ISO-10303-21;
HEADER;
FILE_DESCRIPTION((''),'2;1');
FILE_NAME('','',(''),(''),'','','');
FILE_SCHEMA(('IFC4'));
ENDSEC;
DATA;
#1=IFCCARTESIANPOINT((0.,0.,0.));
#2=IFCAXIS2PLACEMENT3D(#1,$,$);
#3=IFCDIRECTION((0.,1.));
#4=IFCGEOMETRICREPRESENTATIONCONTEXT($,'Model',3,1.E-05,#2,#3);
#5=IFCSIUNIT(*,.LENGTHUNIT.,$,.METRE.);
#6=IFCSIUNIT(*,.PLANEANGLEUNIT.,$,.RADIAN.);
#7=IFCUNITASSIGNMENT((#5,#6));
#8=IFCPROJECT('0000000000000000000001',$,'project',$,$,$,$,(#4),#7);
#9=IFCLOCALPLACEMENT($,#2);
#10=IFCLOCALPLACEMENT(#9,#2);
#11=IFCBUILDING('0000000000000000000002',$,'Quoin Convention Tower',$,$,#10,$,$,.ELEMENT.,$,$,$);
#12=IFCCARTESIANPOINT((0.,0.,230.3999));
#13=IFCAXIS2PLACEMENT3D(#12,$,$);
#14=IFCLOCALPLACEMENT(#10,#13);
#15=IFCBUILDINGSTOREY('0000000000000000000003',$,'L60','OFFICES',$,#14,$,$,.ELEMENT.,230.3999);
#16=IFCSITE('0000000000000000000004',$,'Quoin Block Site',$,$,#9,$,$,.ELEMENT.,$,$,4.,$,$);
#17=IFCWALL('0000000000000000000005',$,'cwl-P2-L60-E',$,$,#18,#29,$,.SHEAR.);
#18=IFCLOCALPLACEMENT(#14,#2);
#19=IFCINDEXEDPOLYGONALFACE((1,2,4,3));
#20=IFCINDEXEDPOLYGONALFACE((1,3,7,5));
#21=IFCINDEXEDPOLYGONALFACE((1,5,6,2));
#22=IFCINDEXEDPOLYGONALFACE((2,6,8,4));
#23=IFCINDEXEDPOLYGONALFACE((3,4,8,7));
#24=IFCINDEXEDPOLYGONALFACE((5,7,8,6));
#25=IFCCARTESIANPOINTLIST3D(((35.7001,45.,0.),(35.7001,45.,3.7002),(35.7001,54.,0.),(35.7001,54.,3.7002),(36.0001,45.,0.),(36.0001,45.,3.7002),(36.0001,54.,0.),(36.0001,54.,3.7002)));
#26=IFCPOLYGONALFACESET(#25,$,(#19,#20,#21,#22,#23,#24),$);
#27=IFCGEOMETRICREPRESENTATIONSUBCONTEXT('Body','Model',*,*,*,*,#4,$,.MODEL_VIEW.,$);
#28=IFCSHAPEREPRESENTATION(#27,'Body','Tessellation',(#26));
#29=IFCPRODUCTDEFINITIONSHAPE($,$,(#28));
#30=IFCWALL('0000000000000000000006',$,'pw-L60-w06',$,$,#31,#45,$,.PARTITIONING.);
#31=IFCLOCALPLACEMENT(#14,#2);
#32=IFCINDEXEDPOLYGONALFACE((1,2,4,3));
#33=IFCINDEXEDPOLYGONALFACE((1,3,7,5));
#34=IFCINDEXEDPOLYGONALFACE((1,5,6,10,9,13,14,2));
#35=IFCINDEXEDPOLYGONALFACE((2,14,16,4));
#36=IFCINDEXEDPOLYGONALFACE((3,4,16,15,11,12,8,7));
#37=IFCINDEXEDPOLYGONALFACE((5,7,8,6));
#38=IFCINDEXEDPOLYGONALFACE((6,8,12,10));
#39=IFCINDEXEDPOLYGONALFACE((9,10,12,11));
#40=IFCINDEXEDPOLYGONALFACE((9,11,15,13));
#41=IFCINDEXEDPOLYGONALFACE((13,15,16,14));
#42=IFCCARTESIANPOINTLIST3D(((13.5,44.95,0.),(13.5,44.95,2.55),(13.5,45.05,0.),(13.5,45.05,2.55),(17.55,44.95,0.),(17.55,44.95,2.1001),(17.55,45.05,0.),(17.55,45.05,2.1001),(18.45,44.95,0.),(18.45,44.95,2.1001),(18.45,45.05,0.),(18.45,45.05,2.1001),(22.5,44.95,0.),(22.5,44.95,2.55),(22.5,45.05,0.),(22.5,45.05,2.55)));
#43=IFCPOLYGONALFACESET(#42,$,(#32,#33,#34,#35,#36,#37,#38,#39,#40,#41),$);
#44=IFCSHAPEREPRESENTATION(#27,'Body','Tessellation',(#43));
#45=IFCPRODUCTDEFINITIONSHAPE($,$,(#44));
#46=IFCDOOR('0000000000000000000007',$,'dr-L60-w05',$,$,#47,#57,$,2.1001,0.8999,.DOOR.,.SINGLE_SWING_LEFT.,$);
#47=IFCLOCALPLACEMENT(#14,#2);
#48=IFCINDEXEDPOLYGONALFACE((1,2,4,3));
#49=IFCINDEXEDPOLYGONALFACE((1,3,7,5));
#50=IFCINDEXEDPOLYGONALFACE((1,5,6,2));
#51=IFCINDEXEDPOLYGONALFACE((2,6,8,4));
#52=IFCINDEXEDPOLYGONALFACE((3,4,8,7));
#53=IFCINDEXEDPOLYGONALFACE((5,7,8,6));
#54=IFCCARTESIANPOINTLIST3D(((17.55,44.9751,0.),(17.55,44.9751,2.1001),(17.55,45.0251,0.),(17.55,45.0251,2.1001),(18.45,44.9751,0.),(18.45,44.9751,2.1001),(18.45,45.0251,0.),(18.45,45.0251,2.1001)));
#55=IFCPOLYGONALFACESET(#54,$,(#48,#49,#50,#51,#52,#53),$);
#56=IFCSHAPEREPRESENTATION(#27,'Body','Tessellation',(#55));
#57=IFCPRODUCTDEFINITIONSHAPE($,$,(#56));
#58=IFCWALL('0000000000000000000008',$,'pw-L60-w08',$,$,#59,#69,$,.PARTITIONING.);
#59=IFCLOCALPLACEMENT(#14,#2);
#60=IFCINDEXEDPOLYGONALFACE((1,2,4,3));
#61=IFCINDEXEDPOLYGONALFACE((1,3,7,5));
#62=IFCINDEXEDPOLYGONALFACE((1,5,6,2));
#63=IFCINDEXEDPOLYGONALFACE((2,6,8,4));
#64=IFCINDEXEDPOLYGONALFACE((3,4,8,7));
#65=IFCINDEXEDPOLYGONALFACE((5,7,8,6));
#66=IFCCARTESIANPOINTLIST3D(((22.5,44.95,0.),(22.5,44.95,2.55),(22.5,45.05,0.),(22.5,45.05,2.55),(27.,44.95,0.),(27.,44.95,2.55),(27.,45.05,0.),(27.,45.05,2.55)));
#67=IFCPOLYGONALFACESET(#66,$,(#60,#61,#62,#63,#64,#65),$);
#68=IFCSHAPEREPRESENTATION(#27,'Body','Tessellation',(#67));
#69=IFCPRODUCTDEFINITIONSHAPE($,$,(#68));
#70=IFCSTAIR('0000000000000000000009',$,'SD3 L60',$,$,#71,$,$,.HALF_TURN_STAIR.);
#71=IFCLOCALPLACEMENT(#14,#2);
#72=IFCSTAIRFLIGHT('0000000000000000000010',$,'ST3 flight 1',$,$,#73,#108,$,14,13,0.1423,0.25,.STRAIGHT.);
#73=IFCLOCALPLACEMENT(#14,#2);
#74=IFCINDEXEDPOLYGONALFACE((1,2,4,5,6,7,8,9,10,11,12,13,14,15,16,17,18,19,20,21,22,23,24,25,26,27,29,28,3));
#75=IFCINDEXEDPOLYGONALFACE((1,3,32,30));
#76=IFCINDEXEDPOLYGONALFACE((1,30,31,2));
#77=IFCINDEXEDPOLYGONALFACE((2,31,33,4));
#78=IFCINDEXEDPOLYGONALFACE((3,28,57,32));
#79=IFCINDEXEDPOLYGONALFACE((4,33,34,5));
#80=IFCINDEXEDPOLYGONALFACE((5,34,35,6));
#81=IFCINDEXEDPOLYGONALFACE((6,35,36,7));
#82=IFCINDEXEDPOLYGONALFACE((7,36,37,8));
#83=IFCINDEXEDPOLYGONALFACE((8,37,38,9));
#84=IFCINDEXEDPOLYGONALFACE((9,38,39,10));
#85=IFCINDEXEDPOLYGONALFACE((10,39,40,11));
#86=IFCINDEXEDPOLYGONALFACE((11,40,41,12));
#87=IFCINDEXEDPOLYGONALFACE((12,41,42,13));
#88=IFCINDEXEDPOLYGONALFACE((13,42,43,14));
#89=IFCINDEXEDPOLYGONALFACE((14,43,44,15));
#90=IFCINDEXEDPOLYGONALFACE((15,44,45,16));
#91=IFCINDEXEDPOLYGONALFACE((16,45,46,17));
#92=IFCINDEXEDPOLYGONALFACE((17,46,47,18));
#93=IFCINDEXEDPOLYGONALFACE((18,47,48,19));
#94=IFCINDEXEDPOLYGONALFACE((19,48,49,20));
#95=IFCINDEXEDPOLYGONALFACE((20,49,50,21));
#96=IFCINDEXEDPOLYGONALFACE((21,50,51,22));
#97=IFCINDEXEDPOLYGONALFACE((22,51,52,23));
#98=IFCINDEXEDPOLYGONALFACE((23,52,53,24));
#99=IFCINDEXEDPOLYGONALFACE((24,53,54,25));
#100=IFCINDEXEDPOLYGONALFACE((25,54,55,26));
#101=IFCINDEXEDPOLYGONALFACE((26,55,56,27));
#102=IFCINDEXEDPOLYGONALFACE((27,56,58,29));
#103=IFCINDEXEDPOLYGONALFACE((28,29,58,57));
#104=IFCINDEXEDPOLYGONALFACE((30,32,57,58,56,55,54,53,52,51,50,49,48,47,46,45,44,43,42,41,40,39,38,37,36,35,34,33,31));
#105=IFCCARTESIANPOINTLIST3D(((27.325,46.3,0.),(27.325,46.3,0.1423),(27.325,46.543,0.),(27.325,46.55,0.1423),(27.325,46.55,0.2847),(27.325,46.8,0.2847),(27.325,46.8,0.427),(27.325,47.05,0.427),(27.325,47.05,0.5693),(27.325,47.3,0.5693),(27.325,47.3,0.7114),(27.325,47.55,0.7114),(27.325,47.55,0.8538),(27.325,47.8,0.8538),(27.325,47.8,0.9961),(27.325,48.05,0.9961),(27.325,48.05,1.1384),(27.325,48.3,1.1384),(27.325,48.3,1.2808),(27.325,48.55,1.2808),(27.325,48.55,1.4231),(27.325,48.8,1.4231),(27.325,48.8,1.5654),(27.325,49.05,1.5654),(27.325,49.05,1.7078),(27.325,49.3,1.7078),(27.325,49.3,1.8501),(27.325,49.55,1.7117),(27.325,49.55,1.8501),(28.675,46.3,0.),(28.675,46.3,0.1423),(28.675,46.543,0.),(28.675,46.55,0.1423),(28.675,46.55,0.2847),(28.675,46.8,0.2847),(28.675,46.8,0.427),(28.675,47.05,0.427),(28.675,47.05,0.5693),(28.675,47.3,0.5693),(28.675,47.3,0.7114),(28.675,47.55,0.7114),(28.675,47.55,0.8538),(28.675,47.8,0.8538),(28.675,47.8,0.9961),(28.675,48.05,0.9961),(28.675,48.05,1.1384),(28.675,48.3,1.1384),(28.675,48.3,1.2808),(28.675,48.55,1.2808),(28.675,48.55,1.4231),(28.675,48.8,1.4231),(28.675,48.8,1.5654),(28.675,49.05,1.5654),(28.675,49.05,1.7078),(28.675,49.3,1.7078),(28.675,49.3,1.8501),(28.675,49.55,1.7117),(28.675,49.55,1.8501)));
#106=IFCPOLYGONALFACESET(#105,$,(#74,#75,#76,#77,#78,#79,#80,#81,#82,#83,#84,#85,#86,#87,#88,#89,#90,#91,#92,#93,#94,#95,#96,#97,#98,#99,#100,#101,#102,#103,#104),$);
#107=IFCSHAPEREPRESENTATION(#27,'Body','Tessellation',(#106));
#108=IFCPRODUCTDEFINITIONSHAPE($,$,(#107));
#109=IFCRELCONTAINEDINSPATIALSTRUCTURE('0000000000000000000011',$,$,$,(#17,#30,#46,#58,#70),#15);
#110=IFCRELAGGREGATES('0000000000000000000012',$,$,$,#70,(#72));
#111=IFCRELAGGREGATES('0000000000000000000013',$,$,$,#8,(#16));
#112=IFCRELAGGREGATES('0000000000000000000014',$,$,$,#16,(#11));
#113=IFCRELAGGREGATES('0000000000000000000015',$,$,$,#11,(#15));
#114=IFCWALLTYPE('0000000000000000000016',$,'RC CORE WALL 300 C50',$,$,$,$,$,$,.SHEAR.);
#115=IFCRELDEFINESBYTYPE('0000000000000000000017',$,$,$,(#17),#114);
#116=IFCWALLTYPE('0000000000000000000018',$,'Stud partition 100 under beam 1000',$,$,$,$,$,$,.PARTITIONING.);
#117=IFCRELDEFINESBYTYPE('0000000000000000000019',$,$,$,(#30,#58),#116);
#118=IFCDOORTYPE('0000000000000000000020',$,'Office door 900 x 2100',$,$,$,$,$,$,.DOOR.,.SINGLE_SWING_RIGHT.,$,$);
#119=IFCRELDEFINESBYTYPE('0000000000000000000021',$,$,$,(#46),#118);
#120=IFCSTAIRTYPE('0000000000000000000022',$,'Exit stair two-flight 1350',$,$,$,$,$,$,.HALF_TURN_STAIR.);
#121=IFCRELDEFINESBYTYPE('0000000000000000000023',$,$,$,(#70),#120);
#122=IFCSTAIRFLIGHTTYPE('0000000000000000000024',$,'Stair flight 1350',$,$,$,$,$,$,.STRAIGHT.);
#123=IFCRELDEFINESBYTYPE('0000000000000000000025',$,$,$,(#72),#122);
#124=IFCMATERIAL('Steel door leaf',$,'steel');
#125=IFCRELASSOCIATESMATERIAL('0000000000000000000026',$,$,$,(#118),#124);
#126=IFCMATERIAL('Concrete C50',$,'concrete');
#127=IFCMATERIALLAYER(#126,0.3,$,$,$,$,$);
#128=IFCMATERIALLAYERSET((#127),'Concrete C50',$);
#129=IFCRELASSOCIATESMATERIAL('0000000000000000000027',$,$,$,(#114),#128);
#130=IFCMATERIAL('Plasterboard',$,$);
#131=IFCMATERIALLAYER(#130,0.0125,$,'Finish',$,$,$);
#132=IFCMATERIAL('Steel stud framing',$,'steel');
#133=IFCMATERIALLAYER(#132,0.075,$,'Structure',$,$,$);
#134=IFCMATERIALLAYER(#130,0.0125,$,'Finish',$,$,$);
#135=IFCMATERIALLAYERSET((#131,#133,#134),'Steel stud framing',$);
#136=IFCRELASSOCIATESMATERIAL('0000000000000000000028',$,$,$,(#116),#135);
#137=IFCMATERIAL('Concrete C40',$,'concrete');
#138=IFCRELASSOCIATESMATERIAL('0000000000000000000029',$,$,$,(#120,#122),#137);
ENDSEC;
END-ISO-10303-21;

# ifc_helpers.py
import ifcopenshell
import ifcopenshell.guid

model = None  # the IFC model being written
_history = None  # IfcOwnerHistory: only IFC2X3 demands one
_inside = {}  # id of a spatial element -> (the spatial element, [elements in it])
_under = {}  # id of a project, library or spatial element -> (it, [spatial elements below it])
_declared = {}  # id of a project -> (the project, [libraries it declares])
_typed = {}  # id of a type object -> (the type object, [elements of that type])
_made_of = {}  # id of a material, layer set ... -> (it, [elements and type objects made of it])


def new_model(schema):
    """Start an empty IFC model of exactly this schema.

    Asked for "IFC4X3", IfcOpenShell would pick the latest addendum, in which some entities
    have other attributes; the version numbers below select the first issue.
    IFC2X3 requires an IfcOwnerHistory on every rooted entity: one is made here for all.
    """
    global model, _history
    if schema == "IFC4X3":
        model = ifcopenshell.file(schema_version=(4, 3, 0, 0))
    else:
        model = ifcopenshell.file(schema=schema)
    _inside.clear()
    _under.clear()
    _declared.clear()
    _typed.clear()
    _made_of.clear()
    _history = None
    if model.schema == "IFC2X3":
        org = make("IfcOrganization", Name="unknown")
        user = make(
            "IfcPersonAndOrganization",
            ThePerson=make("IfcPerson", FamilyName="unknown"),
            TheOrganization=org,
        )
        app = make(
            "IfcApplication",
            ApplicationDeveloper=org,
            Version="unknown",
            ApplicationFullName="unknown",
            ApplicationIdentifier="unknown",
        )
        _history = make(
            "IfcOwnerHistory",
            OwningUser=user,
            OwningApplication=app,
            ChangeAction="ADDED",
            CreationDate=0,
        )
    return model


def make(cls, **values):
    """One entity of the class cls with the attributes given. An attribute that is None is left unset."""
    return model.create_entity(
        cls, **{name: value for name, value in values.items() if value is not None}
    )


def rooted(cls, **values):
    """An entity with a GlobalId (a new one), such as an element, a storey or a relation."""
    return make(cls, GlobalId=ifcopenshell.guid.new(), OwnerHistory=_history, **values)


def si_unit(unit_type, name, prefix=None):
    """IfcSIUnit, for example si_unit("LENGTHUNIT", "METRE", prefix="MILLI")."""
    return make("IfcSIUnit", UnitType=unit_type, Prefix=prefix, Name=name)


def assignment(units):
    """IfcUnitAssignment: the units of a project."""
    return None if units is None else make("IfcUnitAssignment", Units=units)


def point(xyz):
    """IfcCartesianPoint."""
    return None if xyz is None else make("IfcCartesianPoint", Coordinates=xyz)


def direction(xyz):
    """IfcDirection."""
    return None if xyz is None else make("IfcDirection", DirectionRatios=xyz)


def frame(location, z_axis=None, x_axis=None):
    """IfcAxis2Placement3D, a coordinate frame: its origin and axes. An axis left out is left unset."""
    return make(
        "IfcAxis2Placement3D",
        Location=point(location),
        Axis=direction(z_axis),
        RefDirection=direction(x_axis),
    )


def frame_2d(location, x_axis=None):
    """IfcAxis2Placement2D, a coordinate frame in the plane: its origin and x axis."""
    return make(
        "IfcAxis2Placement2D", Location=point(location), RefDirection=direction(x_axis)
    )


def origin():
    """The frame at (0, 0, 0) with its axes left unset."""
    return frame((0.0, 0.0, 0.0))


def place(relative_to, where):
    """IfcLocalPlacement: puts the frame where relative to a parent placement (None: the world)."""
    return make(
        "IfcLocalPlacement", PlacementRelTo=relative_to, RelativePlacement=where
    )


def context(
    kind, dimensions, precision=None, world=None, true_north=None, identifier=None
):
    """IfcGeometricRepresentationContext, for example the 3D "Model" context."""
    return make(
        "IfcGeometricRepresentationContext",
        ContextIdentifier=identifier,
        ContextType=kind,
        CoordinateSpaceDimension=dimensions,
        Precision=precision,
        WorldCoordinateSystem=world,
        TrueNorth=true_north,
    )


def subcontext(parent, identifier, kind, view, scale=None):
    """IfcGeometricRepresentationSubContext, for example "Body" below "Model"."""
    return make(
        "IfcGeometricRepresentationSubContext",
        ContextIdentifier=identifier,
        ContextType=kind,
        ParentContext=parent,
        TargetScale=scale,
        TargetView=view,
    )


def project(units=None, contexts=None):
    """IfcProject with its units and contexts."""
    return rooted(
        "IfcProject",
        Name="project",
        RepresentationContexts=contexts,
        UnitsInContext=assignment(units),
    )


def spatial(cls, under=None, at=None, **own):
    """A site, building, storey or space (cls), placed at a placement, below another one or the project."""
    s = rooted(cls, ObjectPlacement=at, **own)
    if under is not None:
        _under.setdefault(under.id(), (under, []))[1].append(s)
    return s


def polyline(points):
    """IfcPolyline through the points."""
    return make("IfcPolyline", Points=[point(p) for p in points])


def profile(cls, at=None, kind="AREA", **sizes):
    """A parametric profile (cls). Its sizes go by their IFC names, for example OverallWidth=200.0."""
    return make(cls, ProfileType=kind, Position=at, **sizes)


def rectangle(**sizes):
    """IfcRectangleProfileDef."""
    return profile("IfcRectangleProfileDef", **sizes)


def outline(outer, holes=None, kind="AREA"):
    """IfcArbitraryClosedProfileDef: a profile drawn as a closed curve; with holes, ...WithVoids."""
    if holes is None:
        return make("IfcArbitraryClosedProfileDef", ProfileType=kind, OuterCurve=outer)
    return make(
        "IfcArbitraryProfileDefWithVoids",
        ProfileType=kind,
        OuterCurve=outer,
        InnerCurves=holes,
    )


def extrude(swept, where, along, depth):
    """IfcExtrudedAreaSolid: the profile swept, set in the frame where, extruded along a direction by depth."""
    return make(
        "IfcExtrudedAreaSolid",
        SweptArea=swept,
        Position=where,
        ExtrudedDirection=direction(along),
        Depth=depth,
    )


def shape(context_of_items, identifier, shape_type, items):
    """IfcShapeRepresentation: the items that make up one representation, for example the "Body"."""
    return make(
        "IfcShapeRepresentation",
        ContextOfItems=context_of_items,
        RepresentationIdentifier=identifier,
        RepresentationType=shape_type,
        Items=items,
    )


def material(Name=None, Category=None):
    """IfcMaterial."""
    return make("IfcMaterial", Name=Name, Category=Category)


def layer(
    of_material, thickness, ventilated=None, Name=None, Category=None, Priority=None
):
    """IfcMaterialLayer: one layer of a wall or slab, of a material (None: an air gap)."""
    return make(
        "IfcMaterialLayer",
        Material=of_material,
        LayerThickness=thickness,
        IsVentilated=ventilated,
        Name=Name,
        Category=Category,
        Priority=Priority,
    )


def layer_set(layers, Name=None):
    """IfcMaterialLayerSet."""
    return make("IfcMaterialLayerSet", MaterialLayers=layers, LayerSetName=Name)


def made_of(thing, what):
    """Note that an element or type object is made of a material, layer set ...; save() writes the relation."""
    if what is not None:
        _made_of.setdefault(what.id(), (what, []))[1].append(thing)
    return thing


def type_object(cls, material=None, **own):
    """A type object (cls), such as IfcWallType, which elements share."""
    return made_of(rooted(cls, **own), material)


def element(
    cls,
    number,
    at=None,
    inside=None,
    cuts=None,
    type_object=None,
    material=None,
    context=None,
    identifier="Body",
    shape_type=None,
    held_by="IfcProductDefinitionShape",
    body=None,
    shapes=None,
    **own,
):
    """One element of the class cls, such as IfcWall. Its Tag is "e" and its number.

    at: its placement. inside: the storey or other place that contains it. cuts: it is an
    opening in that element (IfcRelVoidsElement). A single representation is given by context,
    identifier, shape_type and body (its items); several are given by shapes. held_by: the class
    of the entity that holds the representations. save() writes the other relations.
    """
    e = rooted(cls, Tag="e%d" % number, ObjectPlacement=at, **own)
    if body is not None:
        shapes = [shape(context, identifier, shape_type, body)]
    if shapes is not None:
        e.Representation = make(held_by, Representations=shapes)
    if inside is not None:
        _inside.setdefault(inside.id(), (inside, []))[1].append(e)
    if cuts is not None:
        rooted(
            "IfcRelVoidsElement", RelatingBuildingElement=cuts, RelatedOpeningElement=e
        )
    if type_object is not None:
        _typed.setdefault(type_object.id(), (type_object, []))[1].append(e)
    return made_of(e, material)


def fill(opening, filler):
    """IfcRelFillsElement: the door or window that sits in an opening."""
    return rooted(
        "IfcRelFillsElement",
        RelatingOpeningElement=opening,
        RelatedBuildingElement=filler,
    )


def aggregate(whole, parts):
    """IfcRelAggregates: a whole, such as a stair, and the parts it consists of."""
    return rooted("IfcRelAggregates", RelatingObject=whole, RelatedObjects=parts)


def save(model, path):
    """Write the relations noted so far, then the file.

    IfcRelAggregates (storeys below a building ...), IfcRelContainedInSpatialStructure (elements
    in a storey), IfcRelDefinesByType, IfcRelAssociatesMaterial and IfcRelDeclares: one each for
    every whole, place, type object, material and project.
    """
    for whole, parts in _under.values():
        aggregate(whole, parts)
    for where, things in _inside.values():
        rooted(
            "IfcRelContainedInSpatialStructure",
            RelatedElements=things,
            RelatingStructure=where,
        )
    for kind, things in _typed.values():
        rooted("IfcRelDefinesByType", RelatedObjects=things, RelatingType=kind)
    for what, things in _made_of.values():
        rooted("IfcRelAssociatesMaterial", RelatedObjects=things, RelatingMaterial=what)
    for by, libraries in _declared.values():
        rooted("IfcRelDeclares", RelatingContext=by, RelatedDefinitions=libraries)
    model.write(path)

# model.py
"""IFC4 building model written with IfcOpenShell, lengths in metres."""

from ifc_helpers import new_model, si_unit, direction, frame, frame_2d, origin, place, context, subcontext, project, spatial, polyline, rectangle, outline, extrude, material, layer, layer_set, type_object, element, fill, aggregate, save


model = new_model("IFC4")

# Units and contexts
model_context = context("Model", 3, precision=1e-05, world=origin(), true_north=direction((0.0, 1.0)))
body_context = subcontext(model_context, "Body", "Model", "MODEL_VIEW")
ifc_project = project(units=[si_unit("LENGTHUNIT", "METRE"), si_unit("PLANEANGLEUNIT", "RADIAN")], contexts=[model_context])

# Site, building, storey
site_placement = place(None, origin())
site = spatial("IfcSite", under=ifc_project, at=site_placement, Name="Quoin Block Site", CompositionType="ELEMENT", RefElevation=4.0)
building_placement = place(site_placement, origin())
building = spatial("IfcBuilding", under=site, at=building_placement, Name="Quoin Convention Tower", CompositionType="ELEMENT")
storey_placement = place(building_placement, frame((0.0, 0.0, 230.3999)))
storey = spatial("IfcBuildingStorey", under=building, at=storey_placement, Name="L60", Description="OFFICES", CompositionType="ELEMENT", Elevation=230.3999)

# Shared definitions
ifc_material_1 = material(Name="Concrete C50", Category="concrete")

# Shared definitions
ifc_material_2 = material(Name="Plasterboard")
ifc_material_3 = material(Name="Steel stud framing", Category="steel")
ifc_material_4 = material(Name="Steel door leaf", Category="steel")
door_type_1 = type_object("IfcDoorType", Name="Office door 900 x 2100", OperationType="SINGLE_SWING_RIGHT", PredefinedType="DOOR", material=ifc_material_4)
ifc_layer_1 = layer(ifc_material_1, 0.3)
ifc_layer_set_1 = layer_set([ifc_layer_1], Name="Concrete C50")
wall_type_1 = type_object("IfcWallType", Name="RC CORE WALL 300 C50", PredefinedType="SHEAR", material=ifc_layer_set_1)

# Wall
wall_1_placement = place(storey_placement, frame((35.8501, 45.0, 0.0), z_axis=(0.0, 0.0, 1.0), x_axis=(0.0, 1.0, 0.0)))
element("IfcWall", 1, at=wall_1_placement, inside=storey, type_object=wall_type_1, Name="cwl-P2-L60-E", PredefinedType="SHEAR", context=body_context, shape_type="SweptSolid", body=[
    extrude(rectangle(XDim=9.0, YDim=0.3, at=frame_2d((4.5, 0.0))), origin(), (0.0, 0.0, 1.0), 3.7002),
])

# Wall, opening, door
ifc_layer_2 = layer(ifc_material_2, 0.0125, Name="Finish")
ifc_layer_3 = layer(ifc_material_3, 0.075, Name="Structure")
ifc_layer_4 = layer(ifc_material_2, 0.0125, Name="Finish")
ifc_layer_set_2 = layer_set([ifc_layer_2, ifc_layer_3, ifc_layer_4], Name="Steel stud framing")
wall_type_2 = type_object("IfcWallType", Name="Stud partition 100 under beam 1000", PredefinedType="PARTITIONING", material=ifc_layer_set_2)
wall_2_placement = place(storey_placement, frame((22.5, 45.0, 0.0), z_axis=(0.0, 0.0, 1.0), x_axis=(-1.0, 0.0, 0.0)))
wall_2 = element("IfcWall", 2, at=wall_2_placement, inside=storey, type_object=wall_type_2, Name="pw-L60-w06", PredefinedType="PARTITIONING", context=body_context, shape_type="SweptSolid", body=[
    extrude(rectangle(XDim=9.0, YDim=0.1001, at=frame_2d((4.5, 0.0))), origin(), (0.0, 0.0, 1.0), 2.55),
])
opening_1_placement = place(wall_2_placement, frame((4.05, 0.0, 0.0)))
opening_1 = element("IfcOpeningElement", 3, at=opening_1_placement, cuts=wall_2, PredefinedType="OPENING", context=body_context, shape_type="SweptSolid", body=[
    extrude(rectangle(XDim=0.8999, YDim=2.1001, at=frame_2d((0.45, 1.05))), frame((0.0, 0.0601, 0.0), z_axis=(0.0, -1.0, 0.0), x_axis=(1.0, 0.0, 0.0)), (0.0, 0.0, 1.0), 0.1201),
])
door_1_placement = place(opening_1_placement, origin())
door_1 = element("IfcDoor", 4, at=door_1_placement, inside=storey, type_object=door_type_1, Name="dr-L60-w05", OperationType="SINGLE_SWING_LEFT", OverallHeight=2.1001, OverallWidth=0.8999, PredefinedType="DOOR", context=body_context, shape_type="SweptSolid", body=[
    extrude(rectangle(XDim=0.8999, YDim=2.1001, at=frame_2d((0.45, 1.05))), frame((0.0, 0.0249, 0.0), z_axis=(0.0, -1.0, 0.0), x_axis=(1.0, 0.0, 0.0)), (0.0, 0.0, 1.0), 0.05),
])
fill(opening_1, door_1)

# Wall
wall_3_placement = place(storey_placement, frame((22.5, 45.0, 0.0), z_axis=(0.0, 0.0, 1.0), x_axis=(1.0, 0.0, 0.0)))
element("IfcWall", 5, at=wall_3_placement, inside=storey, type_object=wall_type_2, Name="pw-L60-w08", PredefinedType="PARTITIONING", context=body_context, shape_type="SweptSolid", body=[
    extrude(rectangle(XDim=4.5, YDim=0.1001, at=frame_2d((2.25, 0.0))), origin(), (0.0, 0.0, 1.0), 2.55),
])

# Stair, stair flight
ifc_material_5 = material(Name="Concrete C40", Category="concrete")
stair_type = type_object("IfcStairType", Name="Exit stair two-flight 1350", PredefinedType="HALF_TURN_STAIR", material=ifc_material_5)
stair_placement = place(storey_placement, origin())
stair = element("IfcStair", 6, at=stair_placement, inside=storey, type_object=stair_type, Name="SD3 L60", PredefinedType="HALF_TURN_STAIR")
stair_flight_type = type_object("IfcStairFlightType", Name="Stair flight 1350", PredefinedType="STRAIGHT", material=ifc_material_5)
stair_flight_placement = place(storey_placement, frame((28.0, 46.3, 0.0), z_axis=(0.0, 0.0, 1.0), x_axis=(0.0, 1.0, 0.0)))
stair_flight = element("IfcStairFlight", 7, at=stair_flight_placement, type_object=stair_flight_type, Name="ST3 flight 1", NumberOfRisers=14, NumberOfTreads=13, PredefinedType="STRAIGHT", RiserHeight=0.1423, TreadLength=0.25, context=body_context, shape_type="SweptSolid", body=[
    extrude(outline(polyline([(0.0, 0.0), (0.0, 0.1423), (0.25, 0.1423), (0.25, 0.2847), (0.5, 0.2847), (0.5, 0.427), (0.75, 0.427), (0.75, 0.5693), (1.0, 0.5693), (1.0, 0.7114), (1.25, 0.7114), (1.25, 0.8538), (1.5, 0.8538), (1.5, 0.9961), (1.75, 0.9961), (1.75, 1.1384), (2.0, 1.1384), (2.0, 1.2808), (2.25, 1.2808), (2.25, 1.4231), (2.5, 1.4231), (2.5, 1.5654), (2.75, 1.5654), (2.75, 1.7078), (3.0, 1.7078), (3.0, 1.8501), (3.25, 1.8501), (3.25, 1.9922), (3.25, 1.7117), (0.2429, 0.0), (0.0, 0.0)])), frame((0.0, 0.675, 0.0), z_axis=(0.0, -1.0, 0.0), x_axis=(1.0, 0.0, 0.0)), (0.0, 0.0, 1.0), 1.3501),
])
aggregate(stair, [stair_flight])

save(model, "model.ifc")
